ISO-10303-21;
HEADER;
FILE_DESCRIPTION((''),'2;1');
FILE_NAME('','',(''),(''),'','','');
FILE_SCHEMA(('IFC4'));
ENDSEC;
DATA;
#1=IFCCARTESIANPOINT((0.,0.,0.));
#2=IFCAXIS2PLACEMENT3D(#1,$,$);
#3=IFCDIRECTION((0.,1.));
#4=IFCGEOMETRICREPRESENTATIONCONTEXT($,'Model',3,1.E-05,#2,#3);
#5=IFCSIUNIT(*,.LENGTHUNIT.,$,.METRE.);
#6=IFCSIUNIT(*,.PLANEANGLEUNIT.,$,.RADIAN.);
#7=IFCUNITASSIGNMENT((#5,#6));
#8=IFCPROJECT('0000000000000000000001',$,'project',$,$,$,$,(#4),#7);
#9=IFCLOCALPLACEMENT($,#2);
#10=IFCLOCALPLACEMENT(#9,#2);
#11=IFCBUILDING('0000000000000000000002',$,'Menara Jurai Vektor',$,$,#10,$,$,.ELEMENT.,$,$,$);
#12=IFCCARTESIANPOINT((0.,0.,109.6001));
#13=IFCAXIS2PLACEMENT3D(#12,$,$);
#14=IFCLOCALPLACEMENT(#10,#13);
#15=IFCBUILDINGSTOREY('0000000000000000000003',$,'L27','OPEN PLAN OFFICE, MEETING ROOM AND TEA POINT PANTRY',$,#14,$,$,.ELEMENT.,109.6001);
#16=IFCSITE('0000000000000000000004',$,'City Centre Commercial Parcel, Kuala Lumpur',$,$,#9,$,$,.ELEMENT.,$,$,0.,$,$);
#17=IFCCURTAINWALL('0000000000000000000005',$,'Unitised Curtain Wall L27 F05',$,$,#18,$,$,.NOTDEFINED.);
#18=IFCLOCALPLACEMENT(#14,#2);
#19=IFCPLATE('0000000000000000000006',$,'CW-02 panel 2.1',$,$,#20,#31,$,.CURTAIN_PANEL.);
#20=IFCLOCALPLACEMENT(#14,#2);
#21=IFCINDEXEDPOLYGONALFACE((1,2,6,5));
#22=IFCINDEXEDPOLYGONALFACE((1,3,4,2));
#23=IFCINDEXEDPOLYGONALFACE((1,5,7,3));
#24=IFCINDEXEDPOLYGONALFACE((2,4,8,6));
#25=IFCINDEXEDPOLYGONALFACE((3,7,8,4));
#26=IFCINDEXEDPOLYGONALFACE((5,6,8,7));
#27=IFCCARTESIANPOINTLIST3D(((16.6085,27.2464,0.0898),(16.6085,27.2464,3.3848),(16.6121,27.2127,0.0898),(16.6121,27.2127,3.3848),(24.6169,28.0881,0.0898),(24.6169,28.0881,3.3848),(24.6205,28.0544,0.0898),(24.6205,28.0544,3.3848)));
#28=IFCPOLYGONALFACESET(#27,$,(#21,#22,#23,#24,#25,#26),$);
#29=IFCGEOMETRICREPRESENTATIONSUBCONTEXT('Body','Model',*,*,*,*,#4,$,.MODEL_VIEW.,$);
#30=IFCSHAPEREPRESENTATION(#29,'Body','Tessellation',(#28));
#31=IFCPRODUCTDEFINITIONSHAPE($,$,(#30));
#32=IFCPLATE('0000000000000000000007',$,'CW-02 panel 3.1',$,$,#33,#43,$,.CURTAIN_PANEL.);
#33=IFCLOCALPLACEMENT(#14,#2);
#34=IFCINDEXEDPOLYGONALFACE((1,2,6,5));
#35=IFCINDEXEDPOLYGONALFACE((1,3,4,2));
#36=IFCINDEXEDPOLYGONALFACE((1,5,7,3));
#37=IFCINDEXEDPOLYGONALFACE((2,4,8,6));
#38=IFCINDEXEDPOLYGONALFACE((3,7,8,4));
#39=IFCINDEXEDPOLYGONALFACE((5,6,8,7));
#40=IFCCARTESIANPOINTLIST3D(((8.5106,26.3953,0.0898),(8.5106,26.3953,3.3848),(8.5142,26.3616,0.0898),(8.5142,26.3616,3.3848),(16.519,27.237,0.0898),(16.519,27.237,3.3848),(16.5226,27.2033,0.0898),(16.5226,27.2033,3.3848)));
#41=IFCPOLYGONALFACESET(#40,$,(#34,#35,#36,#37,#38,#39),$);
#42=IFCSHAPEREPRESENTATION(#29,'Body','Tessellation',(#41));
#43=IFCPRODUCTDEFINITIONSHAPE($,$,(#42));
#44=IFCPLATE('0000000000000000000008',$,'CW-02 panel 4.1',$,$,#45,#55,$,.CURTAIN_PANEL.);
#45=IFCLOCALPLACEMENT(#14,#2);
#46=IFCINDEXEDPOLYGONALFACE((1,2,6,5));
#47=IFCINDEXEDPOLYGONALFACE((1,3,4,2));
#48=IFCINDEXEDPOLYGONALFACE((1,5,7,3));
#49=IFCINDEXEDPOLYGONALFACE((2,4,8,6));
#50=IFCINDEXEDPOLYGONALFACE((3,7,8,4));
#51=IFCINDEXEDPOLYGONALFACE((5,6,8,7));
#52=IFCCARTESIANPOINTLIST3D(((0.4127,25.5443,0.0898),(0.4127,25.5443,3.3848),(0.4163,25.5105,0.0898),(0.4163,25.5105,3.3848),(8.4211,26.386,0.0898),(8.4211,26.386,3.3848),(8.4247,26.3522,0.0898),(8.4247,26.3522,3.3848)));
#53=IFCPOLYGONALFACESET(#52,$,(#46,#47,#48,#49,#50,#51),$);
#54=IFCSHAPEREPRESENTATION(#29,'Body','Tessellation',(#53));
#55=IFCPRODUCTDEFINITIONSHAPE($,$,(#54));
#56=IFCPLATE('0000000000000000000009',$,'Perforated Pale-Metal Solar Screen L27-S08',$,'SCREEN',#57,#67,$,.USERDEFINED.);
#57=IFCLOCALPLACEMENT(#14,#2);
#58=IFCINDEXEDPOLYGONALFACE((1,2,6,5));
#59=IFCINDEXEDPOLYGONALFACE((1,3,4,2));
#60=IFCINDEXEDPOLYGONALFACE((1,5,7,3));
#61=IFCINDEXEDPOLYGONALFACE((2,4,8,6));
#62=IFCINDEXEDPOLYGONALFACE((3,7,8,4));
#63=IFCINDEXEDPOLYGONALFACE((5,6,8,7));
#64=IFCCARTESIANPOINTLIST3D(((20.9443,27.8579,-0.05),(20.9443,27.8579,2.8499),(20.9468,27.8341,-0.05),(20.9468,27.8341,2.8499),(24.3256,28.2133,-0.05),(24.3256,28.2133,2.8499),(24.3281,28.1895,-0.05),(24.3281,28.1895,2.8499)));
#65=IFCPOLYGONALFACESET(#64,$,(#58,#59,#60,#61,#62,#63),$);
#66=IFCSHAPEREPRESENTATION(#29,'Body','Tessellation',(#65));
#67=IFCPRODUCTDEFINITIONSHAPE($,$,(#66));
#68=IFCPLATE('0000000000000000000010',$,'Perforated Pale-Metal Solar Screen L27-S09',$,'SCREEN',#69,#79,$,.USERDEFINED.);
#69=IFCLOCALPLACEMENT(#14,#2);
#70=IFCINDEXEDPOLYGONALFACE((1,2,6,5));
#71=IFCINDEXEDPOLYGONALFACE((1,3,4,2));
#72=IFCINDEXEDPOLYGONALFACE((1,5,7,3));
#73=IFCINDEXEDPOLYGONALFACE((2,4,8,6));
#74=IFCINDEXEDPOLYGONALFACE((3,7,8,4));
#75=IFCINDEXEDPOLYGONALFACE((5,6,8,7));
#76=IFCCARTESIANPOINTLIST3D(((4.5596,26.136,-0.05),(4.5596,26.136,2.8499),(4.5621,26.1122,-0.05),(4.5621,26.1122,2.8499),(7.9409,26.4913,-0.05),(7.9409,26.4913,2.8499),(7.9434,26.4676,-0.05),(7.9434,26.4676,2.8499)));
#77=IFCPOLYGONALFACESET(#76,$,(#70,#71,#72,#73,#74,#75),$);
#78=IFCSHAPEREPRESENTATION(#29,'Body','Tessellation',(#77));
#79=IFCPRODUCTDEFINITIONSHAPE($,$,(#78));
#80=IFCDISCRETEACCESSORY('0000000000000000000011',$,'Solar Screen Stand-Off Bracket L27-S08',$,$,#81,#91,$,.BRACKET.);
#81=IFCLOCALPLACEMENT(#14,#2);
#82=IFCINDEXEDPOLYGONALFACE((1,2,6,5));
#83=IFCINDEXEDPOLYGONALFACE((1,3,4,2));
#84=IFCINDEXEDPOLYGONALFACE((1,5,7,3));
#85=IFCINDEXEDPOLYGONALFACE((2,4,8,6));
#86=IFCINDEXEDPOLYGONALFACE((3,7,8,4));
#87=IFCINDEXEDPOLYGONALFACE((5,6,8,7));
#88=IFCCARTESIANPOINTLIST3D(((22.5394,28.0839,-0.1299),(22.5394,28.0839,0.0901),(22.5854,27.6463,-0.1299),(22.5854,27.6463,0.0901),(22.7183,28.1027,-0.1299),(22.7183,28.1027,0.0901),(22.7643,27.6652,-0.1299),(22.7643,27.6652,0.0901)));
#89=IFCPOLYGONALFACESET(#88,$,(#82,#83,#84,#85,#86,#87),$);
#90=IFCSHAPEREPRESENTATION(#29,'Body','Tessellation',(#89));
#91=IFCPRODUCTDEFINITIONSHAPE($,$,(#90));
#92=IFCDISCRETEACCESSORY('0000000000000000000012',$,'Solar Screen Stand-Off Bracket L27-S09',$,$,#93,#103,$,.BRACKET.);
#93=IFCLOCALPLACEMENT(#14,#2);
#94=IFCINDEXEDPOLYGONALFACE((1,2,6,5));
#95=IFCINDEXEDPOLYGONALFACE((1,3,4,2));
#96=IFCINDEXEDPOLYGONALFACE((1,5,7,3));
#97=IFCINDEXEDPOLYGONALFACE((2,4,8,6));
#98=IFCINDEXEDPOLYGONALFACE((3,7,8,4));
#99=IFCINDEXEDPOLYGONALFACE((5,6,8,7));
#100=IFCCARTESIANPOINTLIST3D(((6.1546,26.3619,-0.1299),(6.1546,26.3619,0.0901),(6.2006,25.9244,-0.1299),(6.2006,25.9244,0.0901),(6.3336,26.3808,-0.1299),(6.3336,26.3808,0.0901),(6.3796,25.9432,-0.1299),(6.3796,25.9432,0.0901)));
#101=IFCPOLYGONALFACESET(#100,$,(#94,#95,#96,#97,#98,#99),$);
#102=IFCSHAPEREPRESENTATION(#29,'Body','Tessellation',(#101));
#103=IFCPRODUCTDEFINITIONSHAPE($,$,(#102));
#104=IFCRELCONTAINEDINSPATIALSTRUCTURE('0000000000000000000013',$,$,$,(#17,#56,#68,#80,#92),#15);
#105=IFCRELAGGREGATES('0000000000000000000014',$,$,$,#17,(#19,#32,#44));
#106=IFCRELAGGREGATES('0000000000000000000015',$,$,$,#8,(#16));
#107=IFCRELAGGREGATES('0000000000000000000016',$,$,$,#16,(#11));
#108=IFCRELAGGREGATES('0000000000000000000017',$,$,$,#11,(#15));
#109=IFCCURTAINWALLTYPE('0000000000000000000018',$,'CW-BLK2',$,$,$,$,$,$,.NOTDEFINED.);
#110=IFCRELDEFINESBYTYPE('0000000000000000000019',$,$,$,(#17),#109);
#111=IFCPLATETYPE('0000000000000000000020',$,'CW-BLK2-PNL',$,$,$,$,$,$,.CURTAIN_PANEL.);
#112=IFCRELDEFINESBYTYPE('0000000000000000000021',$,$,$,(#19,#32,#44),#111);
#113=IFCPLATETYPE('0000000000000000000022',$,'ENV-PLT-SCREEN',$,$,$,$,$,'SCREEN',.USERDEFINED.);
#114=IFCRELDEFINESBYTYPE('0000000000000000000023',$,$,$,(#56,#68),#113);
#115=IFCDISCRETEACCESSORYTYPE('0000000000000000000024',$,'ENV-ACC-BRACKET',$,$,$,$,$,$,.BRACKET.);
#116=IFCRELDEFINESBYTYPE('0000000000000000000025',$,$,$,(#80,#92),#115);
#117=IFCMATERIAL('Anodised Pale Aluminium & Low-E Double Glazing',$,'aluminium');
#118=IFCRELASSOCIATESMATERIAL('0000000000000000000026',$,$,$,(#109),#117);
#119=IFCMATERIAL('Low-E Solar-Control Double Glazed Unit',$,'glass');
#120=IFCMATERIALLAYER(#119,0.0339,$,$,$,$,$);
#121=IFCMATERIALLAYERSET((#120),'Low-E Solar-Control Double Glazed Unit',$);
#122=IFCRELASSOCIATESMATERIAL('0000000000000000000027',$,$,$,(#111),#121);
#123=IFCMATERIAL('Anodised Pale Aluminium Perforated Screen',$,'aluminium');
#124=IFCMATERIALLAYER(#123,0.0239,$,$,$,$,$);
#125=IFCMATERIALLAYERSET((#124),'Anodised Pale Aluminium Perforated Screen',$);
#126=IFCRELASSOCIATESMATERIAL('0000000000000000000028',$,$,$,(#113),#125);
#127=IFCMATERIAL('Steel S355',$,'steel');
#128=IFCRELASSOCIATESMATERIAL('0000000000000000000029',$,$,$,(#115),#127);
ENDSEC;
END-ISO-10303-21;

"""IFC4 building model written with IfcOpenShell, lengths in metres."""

from ifc_helpers import new_model, si_unit, direction, frame, origin, origin_2d, place, context, subcontext, project, spatial, rectangle, extrude, material, layer, layer_set, type_object, element, aggregate, save


model = new_model("IFC4")

# Units and contexts
model_context = context("Model", 3, precision=1e-05, world=origin(), true_north=direction((0.0, 1.0)))
body_context = subcontext(model_context, "Body", "Model", "MODEL_VIEW")
ifc_project = project(units=[si_unit("LENGTHUNIT", "METRE"), si_unit("PLANEANGLEUNIT", "RADIAN")], contexts=[model_context])

# Site, building, storey
site_placement = place(None, origin())
site = spatial("IfcSite", under=ifc_project, at=site_placement, Name="City Centre Commercial Parcel, Kuala Lumpur", CompositionType="ELEMENT", RefElevation=0.0)
building_placement = place(site_placement, origin())
building = spatial("IfcBuilding", under=site, at=building_placement, Name="Menara Jurai Vektor", CompositionType="ELEMENT")
storey_placement = place(building_placement, frame((0.0, 0.0, 109.6001)))
storey = spatial("IfcBuildingStorey", under=building, at=storey_placement, Name="L27", Description="OPEN PLAN OFFICE, MEETING ROOM AND TEA POINT PANTRY", CompositionType="ELEMENT", Elevation=109.6001)

# Curtain wall
ifc_material_1 = material(Name="Anodised Pale Aluminium & Low-E Double Glazing", Category="aluminium")
curtain_wall_type = type_object("IfcCurtainWallType", Name="CW-BLK2", PredefinedType="NOTDEFINED", material=ifc_material_1)
curtain_wall_placement = place(storey_placement, origin())
curtain_wall = element("IfcCurtainWall", 1, at=curtain_wall_placement, inside=storey, type_object=curtain_wall_type, Name="Unitised Curtain Wall L27 F05", PredefinedType="NOTDEFINED")

# Shared definitions
ifc_material_2 = material(Name="Steel S355", Category="steel")

# Plates
ifc_material_3 = material(Name="Low-E Solar-Control Double Glazed Unit", Category="glass")
ifc_layer_1 = layer(ifc_material_3, 0.0339)
ifc_layer_set_1 = layer_set([ifc_layer_1], Name="Low-E Solar-Control Double Glazed Unit")
plate_type_1 = type_object("IfcPlateType", Name="CW-BLK2-PNL", PredefinedType="CURTAIN_PANEL", material=ifc_layer_set_1)
plate_1_placement = place(storey_placement, frame((20.6145, 27.6504, 0.0898), z_axis=(0.0, 0.0, 1.0), x_axis=(-0.994522, -0.104529, 0.0)))
plate_1 = element("IfcPlate", 2, at=plate_1_placement, type_object=plate_type_1, Name="CW-02 panel 2.1", PredefinedType="CURTAIN_PANEL", context=body_context, shape_type="SweptSolid", body=[
    extrude(rectangle(XDim=8.0525, YDim=0.0339, at=origin_2d()), origin(), (0.0, 0.0, 1.0), 3.2949),
])
plate_2_placement = place(storey_placement, frame((12.5166, 26.7993, 0.0898), z_axis=(0.0, 0.0, 1.0), x_axis=(-0.994522, -0.104529, 0.0)))
plate_2 = element("IfcPlate", 3, at=plate_2_placement, type_object=plate_type_1, Name="CW-02 panel 3.1", PredefinedType="CURTAIN_PANEL", context=body_context, shape_type="SweptSolid", body=[
    extrude(rectangle(XDim=8.0525, YDim=0.0339, at=origin_2d()), origin(), (0.0, 0.0, 1.0), 3.2949),
])
plate_3_placement = place(storey_placement, frame((4.4187, 25.9482, 0.0898), z_axis=(0.0, 0.0, 1.0), x_axis=(-0.994522, -0.104529, 0.0)))
plate_3 = element("IfcPlate", 4, at=plate_3_placement, type_object=plate_type_1, Name="CW-02 panel 4.1", PredefinedType="CURTAIN_PANEL", context=body_context, shape_type="SweptSolid", body=[
    extrude(rectangle(XDim=8.0525, YDim=0.0339, at=origin_2d()), origin(), (0.0, 0.0, 1.0), 3.2949),
])
aggregate(curtain_wall, [plate_1, plate_2, plate_3])

# Plates
ifc_material_4 = material(Name="Anodised Pale Aluminium Perforated Screen", Category="aluminium")
ifc_layer_2 = layer(ifc_material_4, 0.0239)
ifc_layer_set_2 = layer_set([ifc_layer_2], Name="Anodised Pale Aluminium Perforated Screen")
plate_type_2 = type_object("IfcPlateType", Name="ENV-PLT-SCREEN", ElementType="SCREEN", PredefinedType="USERDEFINED", material=ifc_layer_set_2)
for number, where, z_axis, x_axis, name in (
    (5, (22.6362, 28.0237, -0.05), (0.0, 0.0, 1.0), (-0.994522, -0.104528, 0.0), "Perforated Pale-Metal Solar Screen L27-S08"),
    (6, (6.2515, 26.3018, -0.05), (0.0, 0.0, 1.0), (-0.994522, -0.104528, 0.0), "Perforated Pale-Metal Solar Screen L27-S09"),
):
    element("IfcPlate", number, at=place(storey_placement, frame(where, z_axis=z_axis, x_axis=x_axis)), inside=storey, type_object=plate_type_2, Name=name, ObjectType="SCREEN", PredefinedType="USERDEFINED", context=body_context, shape_type="SweptSolid", body=[
        extrude(rectangle(XDim=3.3999, YDim=0.0239, at=origin_2d()), origin(), (0.0, 0.0, 1.0), 2.8999),
    ])

# Discrete accessories
discrete_accessory_type = type_object("IfcDiscreteAccessoryType", Name="ENV-ACC-BRACKET", PredefinedType="BRACKET", material=ifc_material_2)
for number, where, z_axis, x_axis, name in (
    (7, (22.6519, 27.8745, -0.1299), (0.0, 0.0, 1.0), (-0.994522, -0.104528, 0.0), "Solar Screen Stand-Off Bracket L27-S08"),
    (8, (6.2671, 26.1526, -0.1299), (0.0, 0.0, 1.0), (-0.994522, -0.104528, 0.0), "Solar Screen Stand-Off Bracket L27-S09"),
):
    element("IfcDiscreteAccessory", number, at=place(storey_placement, frame(where, z_axis=z_axis, x_axis=x_axis)), inside=storey, type_object=discrete_accessory_type, Name=name, PredefinedType="BRACKET", context=body_context, shape_type="SweptSolid", body=[
        extrude(rectangle(XDim=0.1799, YDim=0.4399, at=origin_2d()), origin(), (0.0, 0.0, 1.0), 0.22),
    ])

save(model, "model.ifc")
